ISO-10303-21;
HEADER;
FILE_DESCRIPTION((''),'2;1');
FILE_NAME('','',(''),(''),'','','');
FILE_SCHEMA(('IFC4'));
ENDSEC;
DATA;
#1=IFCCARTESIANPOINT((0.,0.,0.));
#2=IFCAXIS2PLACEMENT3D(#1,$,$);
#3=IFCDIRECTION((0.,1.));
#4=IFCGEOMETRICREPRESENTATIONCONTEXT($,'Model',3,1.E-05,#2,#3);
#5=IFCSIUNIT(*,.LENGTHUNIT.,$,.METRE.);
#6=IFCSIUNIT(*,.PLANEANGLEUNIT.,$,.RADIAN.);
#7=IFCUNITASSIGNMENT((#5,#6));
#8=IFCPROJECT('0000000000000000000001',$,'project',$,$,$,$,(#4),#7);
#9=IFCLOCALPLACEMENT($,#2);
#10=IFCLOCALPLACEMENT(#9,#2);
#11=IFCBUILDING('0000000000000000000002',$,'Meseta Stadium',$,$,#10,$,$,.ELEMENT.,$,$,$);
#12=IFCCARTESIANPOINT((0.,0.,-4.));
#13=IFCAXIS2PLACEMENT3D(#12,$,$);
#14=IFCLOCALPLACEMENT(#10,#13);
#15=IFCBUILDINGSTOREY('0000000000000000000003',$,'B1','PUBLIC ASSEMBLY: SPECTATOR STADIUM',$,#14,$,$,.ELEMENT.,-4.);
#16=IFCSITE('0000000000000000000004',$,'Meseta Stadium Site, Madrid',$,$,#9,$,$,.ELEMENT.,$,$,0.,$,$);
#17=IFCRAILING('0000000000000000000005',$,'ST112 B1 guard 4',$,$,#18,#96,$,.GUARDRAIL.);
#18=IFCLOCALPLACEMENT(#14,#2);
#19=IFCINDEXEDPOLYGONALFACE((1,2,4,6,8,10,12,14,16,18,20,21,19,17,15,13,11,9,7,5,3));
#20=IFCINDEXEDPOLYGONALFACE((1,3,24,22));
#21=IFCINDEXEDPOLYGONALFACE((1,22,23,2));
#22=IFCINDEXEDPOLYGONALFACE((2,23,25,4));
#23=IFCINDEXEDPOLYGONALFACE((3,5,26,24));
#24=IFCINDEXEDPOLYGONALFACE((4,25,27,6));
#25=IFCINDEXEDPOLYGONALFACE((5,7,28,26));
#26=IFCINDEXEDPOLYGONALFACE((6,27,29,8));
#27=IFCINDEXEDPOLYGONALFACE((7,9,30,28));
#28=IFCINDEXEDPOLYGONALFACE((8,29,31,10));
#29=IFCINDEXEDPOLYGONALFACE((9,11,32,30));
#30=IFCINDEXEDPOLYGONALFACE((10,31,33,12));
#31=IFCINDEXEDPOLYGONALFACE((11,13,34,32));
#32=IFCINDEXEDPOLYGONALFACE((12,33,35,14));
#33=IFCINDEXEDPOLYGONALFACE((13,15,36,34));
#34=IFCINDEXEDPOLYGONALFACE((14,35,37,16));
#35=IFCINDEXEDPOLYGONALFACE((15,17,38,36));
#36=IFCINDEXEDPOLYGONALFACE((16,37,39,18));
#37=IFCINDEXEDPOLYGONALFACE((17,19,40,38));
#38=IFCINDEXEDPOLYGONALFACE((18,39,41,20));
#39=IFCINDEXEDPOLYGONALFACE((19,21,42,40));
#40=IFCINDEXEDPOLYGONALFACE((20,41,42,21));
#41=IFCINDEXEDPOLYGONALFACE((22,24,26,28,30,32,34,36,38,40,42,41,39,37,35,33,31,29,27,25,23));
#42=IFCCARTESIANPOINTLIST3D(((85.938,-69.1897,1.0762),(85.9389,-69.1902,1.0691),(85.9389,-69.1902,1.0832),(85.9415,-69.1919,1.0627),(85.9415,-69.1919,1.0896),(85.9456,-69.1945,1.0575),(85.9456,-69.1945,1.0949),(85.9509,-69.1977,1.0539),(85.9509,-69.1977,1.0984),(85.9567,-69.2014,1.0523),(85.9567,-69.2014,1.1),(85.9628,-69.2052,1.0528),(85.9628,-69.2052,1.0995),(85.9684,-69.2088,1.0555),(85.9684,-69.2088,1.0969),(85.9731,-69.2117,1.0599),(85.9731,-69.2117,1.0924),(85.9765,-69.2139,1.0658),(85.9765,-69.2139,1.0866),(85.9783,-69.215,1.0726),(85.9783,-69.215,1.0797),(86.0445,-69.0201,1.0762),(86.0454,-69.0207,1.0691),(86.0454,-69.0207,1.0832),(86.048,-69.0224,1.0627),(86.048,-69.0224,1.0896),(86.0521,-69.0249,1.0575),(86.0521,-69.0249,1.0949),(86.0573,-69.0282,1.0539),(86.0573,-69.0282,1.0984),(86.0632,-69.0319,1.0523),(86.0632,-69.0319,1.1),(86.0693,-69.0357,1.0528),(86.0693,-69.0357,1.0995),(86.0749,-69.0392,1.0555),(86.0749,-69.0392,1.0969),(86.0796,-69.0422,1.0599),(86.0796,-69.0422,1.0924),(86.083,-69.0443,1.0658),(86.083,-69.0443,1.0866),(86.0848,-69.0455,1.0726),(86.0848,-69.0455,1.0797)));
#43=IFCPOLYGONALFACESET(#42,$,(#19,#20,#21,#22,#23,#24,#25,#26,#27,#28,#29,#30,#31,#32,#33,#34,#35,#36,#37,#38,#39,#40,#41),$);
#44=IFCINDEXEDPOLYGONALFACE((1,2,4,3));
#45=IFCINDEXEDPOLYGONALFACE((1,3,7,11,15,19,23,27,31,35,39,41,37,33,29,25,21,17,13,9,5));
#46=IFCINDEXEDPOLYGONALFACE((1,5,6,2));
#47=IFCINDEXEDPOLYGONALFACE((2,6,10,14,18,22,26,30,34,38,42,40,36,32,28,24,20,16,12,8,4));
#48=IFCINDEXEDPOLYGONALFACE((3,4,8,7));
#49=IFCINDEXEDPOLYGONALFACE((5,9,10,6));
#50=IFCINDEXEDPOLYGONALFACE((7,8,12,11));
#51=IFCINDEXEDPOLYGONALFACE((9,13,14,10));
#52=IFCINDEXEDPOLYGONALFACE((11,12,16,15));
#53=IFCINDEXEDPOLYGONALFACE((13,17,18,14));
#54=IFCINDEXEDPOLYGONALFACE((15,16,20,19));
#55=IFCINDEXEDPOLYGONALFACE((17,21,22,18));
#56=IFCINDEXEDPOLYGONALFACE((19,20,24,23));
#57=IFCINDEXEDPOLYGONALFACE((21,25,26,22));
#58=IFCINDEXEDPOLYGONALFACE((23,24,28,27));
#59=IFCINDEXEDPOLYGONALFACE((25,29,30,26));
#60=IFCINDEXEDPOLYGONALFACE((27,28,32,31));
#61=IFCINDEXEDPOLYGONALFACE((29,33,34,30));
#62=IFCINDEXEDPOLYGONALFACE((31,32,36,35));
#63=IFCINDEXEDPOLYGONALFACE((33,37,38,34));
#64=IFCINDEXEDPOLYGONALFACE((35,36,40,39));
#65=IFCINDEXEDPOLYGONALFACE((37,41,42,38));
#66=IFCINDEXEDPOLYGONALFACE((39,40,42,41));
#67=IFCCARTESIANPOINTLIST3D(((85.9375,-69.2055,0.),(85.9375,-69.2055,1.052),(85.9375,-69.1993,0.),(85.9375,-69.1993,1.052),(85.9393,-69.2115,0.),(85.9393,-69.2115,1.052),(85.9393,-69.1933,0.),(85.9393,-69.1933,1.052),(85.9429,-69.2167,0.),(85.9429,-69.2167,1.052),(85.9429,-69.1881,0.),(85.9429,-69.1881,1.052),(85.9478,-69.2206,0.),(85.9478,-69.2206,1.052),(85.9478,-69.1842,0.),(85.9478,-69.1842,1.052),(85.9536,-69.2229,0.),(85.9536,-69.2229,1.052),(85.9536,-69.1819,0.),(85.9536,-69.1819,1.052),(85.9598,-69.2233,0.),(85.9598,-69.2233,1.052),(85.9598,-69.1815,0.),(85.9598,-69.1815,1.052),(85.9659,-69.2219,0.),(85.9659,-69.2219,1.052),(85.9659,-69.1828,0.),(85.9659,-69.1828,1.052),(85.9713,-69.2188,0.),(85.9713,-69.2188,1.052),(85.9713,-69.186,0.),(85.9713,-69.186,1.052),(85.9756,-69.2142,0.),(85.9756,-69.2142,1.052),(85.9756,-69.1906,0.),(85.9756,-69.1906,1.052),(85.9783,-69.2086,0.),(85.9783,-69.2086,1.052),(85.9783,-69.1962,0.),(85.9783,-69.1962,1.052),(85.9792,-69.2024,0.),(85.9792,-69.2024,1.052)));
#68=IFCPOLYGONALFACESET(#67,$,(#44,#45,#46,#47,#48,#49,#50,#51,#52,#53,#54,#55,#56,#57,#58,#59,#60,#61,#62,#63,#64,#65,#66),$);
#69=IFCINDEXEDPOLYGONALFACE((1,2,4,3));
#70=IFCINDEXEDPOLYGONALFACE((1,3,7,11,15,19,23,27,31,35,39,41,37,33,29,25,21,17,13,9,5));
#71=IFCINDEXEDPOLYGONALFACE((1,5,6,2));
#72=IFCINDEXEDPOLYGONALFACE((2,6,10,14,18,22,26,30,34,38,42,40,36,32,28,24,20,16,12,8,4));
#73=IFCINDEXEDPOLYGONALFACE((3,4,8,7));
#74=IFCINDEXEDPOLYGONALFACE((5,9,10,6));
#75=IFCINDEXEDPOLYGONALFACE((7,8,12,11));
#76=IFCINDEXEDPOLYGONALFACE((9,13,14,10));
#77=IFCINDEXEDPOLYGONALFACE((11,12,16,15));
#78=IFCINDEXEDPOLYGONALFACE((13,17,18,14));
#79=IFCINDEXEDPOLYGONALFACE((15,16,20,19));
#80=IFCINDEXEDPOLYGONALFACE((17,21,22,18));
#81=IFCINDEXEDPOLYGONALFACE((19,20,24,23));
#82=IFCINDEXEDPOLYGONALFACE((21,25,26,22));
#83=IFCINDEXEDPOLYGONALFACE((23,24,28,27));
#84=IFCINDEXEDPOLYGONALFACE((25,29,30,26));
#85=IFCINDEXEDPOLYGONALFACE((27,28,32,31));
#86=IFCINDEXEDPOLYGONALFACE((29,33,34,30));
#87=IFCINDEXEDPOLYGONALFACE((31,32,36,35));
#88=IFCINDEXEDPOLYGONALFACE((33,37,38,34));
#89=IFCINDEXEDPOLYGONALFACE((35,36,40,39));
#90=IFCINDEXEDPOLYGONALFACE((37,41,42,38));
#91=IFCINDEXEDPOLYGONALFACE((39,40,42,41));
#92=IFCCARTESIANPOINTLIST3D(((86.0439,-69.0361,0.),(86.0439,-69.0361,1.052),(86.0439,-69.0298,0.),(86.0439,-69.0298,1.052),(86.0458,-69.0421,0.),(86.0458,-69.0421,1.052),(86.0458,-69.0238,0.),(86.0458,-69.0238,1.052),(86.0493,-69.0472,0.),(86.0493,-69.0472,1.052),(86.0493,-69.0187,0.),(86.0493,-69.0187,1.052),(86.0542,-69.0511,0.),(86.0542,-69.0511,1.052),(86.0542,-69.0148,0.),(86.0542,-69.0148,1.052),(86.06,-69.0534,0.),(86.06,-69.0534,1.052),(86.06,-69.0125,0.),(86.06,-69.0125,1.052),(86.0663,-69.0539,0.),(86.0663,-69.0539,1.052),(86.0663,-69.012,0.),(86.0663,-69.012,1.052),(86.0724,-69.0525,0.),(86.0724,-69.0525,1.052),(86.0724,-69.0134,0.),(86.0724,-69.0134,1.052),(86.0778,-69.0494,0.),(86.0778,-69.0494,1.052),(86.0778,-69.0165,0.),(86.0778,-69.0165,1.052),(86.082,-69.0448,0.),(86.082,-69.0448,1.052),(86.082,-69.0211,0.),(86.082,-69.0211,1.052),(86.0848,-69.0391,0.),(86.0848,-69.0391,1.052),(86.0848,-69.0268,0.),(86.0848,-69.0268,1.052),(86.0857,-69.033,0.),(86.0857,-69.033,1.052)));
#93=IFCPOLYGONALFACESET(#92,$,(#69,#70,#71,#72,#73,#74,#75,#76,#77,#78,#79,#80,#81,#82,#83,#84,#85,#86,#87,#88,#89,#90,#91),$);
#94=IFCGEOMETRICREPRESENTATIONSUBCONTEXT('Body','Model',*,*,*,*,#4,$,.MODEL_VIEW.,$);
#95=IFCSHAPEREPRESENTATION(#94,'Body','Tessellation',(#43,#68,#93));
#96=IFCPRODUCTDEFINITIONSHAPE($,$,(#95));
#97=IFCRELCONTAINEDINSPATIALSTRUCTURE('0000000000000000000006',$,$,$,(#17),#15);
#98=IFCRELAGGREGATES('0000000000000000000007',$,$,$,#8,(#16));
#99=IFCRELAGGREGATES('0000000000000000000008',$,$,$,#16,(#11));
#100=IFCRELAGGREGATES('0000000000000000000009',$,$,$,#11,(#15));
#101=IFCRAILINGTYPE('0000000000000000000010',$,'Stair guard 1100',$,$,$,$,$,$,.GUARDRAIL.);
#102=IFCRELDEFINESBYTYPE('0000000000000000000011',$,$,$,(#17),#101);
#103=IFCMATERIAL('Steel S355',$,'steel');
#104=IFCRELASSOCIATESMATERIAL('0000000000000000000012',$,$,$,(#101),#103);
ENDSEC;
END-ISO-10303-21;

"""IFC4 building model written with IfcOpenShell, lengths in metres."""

from ifc_helpers import new_model, si_unit, direction, frame, origin, origin_2d, place, context, subcontext, project, spatial, circle, extrude, material, type_object, element, save


model = new_model("IFC4")

# Units and contexts
model_context = context("Model", 3, precision=1e-05, world=origin(), true_north=direction((0.0, 1.0)))
body_context = subcontext(model_context, "Body", "Model", "MODEL_VIEW")
ifc_project = project(units=[si_unit("LENGTHUNIT", "METRE"), si_unit("PLANEANGLEUNIT", "RADIAN")], contexts=[model_context])

# Site, building, storey
site_placement = place(None, origin())
site = spatial("IfcSite", under=ifc_project, at=site_placement, Name="Meseta Stadium Site, Madrid", CompositionType="ELEMENT", RefElevation=0.0)
building_placement = place(site_placement, origin())
building = spatial("IfcBuilding", under=site, at=building_placement, Name="Meseta Stadium", CompositionType="ELEMENT")
storey_placement = place(building_placement, frame((0.0, 0.0, -4.0)))
storey = spatial("IfcBuildingStorey", under=building, at=storey_placement, Name="B1", Description="PUBLIC ASSEMBLY: SPECTATOR STADIUM", CompositionType="ELEMENT", Elevation=-4.0)

# Railing
ifc_material_1 = material(Name="Steel S355", Category="steel")
railing_type_1 = type_object("IfcRailingType", Name="Stair guard 1100", PredefinedType="GUARDRAIL", material=ifc_material_1)
railing_1_placement = place(storey_placement, frame((85.9583, -69.2024, 0.0)))
element("IfcRailing", 1, at=railing_1_placement, inside=storey, type_object=railing_type_1, Name="ST112 B1 guard 4", PredefinedType="GUARDRAIL", context=body_context, shape_type="SweptSolid", body=[
    extrude(circle(Radius=0.0239, at=origin_2d()), frame((0.0, 0.0, 1.0762), z_axis=(0.531972, 0.846762, 0.0), x_axis=(-0.846762, 0.531972, 0.0)), (0.0, 0.0, 1.0), 0.2002),
    extrude(circle(Radius=0.021, at=origin_2d()), origin(), (0.0, 0.0, 1.0), 1.052),
    extrude(circle(Radius=0.021, at=origin_2d()), frame((0.1064, 0.1694, 0.0)), (0.0, 0.0, 1.0), 1.052),
])

save(model, "model.ifc")
